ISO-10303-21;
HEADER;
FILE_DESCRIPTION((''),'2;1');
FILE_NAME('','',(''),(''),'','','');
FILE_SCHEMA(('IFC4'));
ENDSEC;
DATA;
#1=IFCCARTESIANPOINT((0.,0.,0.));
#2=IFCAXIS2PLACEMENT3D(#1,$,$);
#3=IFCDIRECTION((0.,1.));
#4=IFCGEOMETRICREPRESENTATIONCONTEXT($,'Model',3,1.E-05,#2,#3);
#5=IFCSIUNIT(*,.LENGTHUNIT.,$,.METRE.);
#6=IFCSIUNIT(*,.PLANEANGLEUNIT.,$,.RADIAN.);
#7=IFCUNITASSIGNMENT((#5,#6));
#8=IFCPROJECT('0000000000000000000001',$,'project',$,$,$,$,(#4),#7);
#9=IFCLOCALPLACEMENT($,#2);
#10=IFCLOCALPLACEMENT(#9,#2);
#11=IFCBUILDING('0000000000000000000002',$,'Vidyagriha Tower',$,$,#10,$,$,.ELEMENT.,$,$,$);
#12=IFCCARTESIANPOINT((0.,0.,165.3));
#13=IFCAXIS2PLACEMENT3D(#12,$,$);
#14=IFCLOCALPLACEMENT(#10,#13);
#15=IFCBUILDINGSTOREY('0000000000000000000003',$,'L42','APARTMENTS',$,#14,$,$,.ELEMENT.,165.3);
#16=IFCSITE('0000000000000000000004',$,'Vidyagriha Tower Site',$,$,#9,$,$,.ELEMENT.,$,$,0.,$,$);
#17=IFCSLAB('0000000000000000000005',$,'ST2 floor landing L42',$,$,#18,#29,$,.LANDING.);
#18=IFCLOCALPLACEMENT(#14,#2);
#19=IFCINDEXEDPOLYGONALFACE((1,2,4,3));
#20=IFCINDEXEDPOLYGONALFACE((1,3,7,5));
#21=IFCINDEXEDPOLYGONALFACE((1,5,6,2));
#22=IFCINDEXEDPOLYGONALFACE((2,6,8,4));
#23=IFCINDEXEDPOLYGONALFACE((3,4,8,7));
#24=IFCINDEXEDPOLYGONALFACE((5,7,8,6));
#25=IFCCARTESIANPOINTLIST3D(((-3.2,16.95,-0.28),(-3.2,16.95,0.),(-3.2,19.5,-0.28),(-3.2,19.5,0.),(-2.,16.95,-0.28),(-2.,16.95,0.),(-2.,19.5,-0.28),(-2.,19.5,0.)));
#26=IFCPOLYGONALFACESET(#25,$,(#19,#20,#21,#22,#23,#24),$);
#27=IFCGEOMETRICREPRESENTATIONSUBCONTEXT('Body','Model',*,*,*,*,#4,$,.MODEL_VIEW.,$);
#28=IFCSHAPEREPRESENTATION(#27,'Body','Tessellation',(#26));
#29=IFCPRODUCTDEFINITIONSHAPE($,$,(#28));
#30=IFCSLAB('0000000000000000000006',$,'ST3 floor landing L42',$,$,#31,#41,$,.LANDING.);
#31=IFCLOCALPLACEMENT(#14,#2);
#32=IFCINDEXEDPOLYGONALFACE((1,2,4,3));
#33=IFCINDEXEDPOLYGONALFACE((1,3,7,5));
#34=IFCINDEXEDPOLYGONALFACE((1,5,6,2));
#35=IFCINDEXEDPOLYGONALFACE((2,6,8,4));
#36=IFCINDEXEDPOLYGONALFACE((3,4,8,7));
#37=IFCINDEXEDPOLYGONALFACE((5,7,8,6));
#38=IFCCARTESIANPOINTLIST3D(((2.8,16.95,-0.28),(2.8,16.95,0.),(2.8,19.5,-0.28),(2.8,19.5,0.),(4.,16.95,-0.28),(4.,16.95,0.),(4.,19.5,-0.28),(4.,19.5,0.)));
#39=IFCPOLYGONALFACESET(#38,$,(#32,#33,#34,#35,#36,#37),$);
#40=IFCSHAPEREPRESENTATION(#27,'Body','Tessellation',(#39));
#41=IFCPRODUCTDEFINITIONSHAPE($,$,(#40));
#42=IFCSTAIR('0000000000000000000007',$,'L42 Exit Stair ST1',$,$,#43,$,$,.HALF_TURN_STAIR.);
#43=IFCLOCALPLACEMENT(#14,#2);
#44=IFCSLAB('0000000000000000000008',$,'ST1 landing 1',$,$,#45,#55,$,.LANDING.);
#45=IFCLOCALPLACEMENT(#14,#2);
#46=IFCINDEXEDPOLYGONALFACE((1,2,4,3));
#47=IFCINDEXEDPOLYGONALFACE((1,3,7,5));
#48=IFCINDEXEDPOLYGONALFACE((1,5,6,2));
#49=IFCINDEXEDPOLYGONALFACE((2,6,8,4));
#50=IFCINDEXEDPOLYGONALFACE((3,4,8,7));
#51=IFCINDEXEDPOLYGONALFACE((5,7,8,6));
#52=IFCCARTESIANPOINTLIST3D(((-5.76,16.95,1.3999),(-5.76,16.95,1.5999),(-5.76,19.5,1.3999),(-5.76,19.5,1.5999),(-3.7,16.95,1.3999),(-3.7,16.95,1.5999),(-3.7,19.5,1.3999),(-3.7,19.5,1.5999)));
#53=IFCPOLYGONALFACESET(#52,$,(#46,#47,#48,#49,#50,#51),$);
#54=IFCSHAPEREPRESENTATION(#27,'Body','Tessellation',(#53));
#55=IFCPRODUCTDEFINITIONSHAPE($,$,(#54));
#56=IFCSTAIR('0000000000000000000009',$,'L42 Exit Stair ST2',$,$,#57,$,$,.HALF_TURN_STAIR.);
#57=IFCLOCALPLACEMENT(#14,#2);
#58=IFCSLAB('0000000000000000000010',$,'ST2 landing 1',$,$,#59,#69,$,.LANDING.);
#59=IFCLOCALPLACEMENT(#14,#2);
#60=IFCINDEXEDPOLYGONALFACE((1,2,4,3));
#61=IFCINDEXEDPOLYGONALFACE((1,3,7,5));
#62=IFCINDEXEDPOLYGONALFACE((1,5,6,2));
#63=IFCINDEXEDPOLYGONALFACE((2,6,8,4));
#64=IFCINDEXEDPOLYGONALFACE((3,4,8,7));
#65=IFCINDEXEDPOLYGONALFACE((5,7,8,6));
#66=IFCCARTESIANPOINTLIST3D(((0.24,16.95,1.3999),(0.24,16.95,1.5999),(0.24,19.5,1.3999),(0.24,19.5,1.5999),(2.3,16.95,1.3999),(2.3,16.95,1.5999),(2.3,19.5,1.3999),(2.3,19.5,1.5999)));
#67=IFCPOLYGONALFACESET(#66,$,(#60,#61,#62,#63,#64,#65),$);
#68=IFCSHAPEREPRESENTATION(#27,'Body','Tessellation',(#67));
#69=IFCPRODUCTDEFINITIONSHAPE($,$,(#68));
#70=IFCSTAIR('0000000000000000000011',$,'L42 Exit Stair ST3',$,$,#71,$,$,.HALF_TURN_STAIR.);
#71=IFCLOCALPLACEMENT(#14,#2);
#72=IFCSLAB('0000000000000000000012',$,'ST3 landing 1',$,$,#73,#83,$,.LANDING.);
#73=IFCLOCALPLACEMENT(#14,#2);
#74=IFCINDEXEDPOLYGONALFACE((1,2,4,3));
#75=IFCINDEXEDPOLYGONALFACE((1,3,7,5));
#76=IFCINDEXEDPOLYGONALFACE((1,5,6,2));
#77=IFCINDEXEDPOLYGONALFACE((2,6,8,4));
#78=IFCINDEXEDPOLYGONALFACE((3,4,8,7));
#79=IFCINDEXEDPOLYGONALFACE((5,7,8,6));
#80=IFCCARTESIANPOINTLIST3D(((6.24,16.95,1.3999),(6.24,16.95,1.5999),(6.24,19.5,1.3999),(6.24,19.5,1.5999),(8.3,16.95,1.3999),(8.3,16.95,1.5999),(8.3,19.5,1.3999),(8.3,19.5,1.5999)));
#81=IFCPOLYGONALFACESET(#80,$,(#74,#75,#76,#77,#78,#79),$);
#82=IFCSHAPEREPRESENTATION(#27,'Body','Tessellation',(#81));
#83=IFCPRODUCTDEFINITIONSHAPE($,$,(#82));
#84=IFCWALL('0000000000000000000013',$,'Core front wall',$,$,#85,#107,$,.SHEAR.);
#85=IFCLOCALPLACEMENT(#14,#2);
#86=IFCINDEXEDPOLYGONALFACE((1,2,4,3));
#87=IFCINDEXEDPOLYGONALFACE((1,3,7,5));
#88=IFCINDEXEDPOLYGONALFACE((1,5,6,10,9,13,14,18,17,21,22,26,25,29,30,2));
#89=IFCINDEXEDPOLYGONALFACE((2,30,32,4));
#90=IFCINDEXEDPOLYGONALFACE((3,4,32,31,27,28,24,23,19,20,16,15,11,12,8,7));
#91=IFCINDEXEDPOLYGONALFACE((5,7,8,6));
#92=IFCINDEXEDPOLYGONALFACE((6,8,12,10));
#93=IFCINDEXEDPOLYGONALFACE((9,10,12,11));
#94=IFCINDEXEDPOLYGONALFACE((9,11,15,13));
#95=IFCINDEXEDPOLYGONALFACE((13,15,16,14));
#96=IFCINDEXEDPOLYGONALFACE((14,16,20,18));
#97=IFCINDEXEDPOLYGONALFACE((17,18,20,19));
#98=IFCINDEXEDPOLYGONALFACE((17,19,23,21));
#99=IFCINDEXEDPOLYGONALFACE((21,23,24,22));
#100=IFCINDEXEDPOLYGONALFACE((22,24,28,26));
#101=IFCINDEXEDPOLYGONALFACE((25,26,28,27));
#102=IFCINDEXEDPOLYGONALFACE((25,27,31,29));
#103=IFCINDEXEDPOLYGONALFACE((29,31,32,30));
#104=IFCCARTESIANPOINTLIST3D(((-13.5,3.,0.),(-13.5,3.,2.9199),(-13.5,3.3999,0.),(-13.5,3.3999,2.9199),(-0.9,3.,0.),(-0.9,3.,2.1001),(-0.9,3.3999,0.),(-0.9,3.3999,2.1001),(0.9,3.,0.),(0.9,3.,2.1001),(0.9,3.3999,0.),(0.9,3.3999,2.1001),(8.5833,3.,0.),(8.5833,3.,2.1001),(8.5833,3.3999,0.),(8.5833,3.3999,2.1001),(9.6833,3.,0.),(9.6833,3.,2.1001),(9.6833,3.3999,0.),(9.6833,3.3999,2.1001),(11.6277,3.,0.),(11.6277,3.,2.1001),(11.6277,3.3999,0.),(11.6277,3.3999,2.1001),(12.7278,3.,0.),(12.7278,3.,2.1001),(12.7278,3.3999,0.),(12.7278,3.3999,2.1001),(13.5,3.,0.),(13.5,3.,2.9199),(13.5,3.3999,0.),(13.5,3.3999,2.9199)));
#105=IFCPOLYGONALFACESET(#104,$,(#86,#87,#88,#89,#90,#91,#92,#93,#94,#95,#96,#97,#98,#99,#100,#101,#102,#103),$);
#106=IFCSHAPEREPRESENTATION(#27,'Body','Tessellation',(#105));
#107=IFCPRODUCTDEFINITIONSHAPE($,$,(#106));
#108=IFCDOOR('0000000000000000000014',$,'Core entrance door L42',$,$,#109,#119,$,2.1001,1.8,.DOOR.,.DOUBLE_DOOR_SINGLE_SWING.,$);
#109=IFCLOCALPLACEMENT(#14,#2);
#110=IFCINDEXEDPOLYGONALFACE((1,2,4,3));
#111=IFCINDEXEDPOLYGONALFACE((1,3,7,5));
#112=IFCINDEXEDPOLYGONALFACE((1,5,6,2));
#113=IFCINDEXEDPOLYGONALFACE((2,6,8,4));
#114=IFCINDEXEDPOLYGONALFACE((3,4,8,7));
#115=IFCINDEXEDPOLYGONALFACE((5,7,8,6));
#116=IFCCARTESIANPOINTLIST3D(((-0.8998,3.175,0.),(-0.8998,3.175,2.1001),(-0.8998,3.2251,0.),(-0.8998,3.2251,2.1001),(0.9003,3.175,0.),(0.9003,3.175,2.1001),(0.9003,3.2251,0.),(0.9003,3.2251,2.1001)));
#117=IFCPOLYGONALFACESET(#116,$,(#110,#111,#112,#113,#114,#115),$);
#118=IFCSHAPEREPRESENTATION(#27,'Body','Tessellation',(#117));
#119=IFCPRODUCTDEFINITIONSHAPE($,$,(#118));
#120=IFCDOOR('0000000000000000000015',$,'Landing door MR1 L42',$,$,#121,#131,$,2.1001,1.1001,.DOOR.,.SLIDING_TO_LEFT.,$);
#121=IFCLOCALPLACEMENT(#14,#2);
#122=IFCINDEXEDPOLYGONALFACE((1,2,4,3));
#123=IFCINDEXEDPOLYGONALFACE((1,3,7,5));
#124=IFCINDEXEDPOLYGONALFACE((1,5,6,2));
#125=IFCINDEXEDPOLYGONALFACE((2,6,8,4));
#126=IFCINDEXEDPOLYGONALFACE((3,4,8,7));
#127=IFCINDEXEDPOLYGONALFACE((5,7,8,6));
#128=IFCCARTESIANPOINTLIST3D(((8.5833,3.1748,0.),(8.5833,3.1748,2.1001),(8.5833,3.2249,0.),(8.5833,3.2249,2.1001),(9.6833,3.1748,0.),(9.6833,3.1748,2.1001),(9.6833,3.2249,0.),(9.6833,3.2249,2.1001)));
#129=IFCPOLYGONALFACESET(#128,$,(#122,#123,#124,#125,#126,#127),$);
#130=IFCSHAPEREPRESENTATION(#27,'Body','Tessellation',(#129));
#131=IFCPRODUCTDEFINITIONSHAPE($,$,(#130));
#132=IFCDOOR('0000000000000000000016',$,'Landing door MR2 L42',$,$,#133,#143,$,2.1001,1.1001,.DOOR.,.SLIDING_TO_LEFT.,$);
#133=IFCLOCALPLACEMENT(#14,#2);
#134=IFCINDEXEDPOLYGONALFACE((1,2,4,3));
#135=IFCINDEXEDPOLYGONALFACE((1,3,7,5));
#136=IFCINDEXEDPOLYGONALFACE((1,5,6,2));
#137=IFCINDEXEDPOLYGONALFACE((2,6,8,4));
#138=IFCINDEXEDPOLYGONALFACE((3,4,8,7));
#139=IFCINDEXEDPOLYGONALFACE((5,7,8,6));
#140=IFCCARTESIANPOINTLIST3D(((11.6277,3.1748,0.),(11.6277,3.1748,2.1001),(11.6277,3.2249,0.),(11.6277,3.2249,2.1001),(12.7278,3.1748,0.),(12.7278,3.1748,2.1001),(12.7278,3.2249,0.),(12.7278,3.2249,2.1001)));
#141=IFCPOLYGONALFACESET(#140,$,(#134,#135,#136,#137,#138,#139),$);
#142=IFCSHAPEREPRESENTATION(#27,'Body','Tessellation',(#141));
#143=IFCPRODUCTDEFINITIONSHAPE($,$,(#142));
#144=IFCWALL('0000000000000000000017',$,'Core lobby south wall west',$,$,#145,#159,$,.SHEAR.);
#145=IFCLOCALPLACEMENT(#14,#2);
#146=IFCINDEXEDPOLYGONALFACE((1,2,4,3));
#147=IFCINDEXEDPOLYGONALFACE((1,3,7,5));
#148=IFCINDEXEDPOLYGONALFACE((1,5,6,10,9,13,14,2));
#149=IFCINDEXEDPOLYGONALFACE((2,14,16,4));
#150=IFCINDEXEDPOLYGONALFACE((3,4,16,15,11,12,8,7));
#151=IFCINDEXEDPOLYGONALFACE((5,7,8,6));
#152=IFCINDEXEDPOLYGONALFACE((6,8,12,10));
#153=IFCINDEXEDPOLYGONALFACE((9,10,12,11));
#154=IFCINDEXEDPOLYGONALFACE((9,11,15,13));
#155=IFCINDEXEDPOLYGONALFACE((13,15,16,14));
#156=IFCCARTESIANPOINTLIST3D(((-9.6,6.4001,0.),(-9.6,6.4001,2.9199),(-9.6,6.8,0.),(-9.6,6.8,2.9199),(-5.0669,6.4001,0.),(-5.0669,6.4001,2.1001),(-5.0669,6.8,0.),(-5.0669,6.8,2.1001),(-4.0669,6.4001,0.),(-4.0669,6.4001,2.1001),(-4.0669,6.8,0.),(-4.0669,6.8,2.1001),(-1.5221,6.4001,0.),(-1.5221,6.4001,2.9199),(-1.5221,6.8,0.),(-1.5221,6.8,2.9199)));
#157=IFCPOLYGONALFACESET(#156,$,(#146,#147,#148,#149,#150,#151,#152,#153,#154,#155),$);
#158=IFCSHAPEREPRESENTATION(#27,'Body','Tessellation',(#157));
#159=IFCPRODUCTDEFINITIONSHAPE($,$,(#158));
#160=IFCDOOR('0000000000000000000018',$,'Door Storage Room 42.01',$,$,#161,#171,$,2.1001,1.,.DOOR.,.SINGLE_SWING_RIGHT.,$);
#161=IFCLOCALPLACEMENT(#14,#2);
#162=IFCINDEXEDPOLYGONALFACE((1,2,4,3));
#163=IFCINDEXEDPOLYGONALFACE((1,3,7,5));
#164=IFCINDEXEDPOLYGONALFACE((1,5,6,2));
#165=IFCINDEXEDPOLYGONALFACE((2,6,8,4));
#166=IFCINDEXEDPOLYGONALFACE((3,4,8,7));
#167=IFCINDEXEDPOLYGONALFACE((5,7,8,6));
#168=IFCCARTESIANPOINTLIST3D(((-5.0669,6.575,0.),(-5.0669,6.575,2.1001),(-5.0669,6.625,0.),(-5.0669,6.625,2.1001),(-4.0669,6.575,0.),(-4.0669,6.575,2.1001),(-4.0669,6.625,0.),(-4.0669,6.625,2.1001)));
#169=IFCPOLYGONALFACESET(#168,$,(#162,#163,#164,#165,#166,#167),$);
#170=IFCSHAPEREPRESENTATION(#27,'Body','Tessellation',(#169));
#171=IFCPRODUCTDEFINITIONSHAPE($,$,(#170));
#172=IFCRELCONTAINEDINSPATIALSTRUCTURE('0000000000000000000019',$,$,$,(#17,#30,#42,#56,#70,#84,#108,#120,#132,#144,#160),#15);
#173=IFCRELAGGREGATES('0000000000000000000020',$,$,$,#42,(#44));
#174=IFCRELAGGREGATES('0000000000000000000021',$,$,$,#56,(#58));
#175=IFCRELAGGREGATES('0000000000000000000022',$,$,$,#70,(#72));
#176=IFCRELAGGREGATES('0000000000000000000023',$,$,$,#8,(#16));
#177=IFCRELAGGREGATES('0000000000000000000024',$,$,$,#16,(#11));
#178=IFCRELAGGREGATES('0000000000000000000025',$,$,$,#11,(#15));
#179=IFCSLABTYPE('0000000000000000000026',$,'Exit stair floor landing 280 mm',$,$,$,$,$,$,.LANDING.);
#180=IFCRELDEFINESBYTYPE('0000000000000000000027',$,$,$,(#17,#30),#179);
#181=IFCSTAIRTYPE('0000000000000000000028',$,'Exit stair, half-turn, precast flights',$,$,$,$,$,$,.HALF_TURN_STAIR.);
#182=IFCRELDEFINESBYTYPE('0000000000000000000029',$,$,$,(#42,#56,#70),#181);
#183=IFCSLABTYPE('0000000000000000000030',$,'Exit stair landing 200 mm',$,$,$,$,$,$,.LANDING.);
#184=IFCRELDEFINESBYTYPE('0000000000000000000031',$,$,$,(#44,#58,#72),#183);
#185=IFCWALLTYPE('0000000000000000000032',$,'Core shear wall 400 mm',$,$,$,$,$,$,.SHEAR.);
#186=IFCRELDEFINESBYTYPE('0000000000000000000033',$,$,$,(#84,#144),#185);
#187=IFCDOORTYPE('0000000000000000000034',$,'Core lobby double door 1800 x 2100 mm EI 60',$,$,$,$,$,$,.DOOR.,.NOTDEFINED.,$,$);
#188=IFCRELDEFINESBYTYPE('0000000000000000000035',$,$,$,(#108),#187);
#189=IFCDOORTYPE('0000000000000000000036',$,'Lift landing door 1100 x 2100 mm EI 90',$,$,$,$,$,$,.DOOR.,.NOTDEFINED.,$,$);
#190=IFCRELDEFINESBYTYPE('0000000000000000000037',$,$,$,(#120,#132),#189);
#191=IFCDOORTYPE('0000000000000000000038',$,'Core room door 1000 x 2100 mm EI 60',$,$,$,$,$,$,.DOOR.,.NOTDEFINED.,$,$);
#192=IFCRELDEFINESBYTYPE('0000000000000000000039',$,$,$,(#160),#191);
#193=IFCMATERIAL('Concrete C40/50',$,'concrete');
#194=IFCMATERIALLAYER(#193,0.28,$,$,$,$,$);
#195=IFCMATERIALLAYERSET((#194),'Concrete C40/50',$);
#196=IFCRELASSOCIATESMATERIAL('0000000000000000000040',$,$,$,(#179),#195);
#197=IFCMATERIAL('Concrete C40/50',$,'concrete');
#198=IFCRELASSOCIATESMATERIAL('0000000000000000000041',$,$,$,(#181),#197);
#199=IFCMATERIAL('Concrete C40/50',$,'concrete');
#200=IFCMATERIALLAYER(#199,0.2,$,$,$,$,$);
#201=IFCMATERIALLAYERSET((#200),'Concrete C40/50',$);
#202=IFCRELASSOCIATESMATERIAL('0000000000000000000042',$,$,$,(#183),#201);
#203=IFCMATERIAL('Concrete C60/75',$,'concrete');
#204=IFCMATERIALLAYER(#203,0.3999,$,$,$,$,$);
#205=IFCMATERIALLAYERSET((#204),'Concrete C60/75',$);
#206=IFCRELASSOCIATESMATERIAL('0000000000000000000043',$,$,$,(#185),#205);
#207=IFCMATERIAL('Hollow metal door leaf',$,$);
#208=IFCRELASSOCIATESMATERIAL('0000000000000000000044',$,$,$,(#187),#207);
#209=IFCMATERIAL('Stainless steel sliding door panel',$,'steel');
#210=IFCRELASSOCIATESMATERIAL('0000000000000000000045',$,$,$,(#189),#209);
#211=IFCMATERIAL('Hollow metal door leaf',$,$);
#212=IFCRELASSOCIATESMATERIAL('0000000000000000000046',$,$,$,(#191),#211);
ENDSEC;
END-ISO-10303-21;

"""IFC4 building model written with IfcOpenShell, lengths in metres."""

from ifc_helpers import new_model, si_unit, direction, frame, frame_2d, origin, place, context, subcontext, project, spatial, polyline, rectangle, outline, extrude, material, layer, layer_set, type_object, element, fill, aggregate, save


model = new_model("IFC4")

# Units and contexts
model_context = context("Model", 3, precision=1e-05, world=origin(), true_north=direction((0.0, 1.0)))
body_context = subcontext(model_context, "Body", "Model", "MODEL_VIEW")
ifc_project = project(units=[si_unit("LENGTHUNIT", "METRE"), si_unit("PLANEANGLEUNIT", "RADIAN")], contexts=[model_context])

# Site, building, storey
site_placement = place(None, origin())
site = spatial("IfcSite", under=ifc_project, at=site_placement, Name="Vidyagriha Tower Site", CompositionType="ELEMENT", RefElevation=0.0)
building_placement = place(site_placement, origin())
building = spatial("IfcBuilding", under=site, at=building_placement, Name="Vidyagriha Tower", CompositionType="ELEMENT")
storey_placement = place(building_placement, frame((0.0, 0.0, 165.3)))
storey = spatial("IfcBuildingStorey", under=building, at=storey_placement, Name="L42", Description="APARTMENTS", CompositionType="ELEMENT", Elevation=165.3)

# Slabs
ifc_material_1 = material(Name="Concrete C40/50", Category="concrete")
ifc_layer_1 = layer(ifc_material_1, 0.28)
ifc_layer_set_1 = layer_set([ifc_layer_1], Name="Concrete C40/50")
slab_type_1 = type_object("IfcSlabType", Name="Exit stair floor landing 280 mm", PredefinedType="LANDING", material=ifc_layer_set_1)
slab_1_placement = place(storey_placement, frame((0.0, 0.0, -0.28)))
element("IfcSlab", 1, at=slab_1_placement, inside=storey, type_object=slab_type_1, Name="ST2 floor landing L42", PredefinedType="LANDING", context=body_context, shape_type="SweptSolid", body=[
    extrude(outline(polyline([(-3.2, 16.95), (-2.0, 16.95), (-2.0, 19.5), (-3.2, 19.5), (-3.2, 16.95)])), origin(), (0.0, 0.0, 1.0), 0.28),
])
slab_2_placement = place(storey_placement, frame((0.0, 0.0, -0.28)))
element("IfcSlab", 2, at=slab_2_placement, inside=storey, type_object=slab_type_1, Name="ST3 floor landing L42", PredefinedType="LANDING", context=body_context, shape_type="SweptSolid", body=[
    extrude(outline(polyline([(2.8, 16.95), (4.0, 16.95), (4.0, 19.5), (2.8, 19.5), (2.8, 16.95)])), origin(), (0.0, 0.0, 1.0), 0.28),
])

# Stairs, slabs
ifc_material_2 = material(Name="Concrete C40/50", Category="concrete")
stair_type = type_object("IfcStairType", Name="Exit stair, half-turn, precast flights", PredefinedType="HALF_TURN_STAIR", material=ifc_material_2)
stair_1_placement = place(storey_placement, origin())
stair_1 = element("IfcStair", 3, at=stair_1_placement, inside=storey, type_object=stair_type, Name="L42 Exit Stair ST1", PredefinedType="HALF_TURN_STAIR")
ifc_material_3 = material(Name="Concrete C40/50", Category="concrete")
ifc_layer_2 = layer(ifc_material_3, 0.2)
ifc_layer_set_2 = layer_set([ifc_layer_2], Name="Concrete C40/50")
slab_type_2 = type_object("IfcSlabType", Name="Exit stair landing 200 mm", PredefinedType="LANDING", material=ifc_layer_set_2)
slab_3_placement = place(storey_placement, frame((0.0, 0.0, 1.3999)))
slab_3 = element("IfcSlab", 4, at=slab_3_placement, type_object=slab_type_2, Name="ST1 landing 1", PredefinedType="LANDING", context=body_context, shape_type="SweptSolid", body=[
    extrude(outline(polyline([(-5.76, 16.95), (-3.7, 16.95), (-3.7, 19.5), (-5.76, 19.5), (-5.76, 16.95)])), origin(), (0.0, 0.0, 1.0), 0.2),
])
aggregate(stair_1, [slab_3])
stair_2_placement = place(storey_placement, origin())
stair_2 = element("IfcStair", 5, at=stair_2_placement, inside=storey, type_object=stair_type, Name="L42 Exit Stair ST2", PredefinedType="HALF_TURN_STAIR")
slab_4_placement = place(storey_placement, frame((0.0, 0.0, 1.3999)))
slab_4 = element("IfcSlab", 6, at=slab_4_placement, type_object=slab_type_2, Name="ST2 landing 1", PredefinedType="LANDING", context=body_context, shape_type="SweptSolid", body=[
    extrude(outline(polyline([(0.24, 16.95), (2.3, 16.95), (2.3, 19.5), (0.24, 19.5), (0.24, 16.95)])), origin(), (0.0, 0.0, 1.0), 0.2),
])
aggregate(stair_2, [slab_4])
stair_3_placement = place(storey_placement, origin())
stair_3 = element("IfcStair", 7, at=stair_3_placement, inside=storey, type_object=stair_type, Name="L42 Exit Stair ST3", PredefinedType="HALF_TURN_STAIR")
slab_5_placement = place(storey_placement, frame((0.0, 0.0, 1.3999)))
slab_5 = element("IfcSlab", 8, at=slab_5_placement, type_object=slab_type_2, Name="ST3 landing 1", PredefinedType="LANDING", context=body_context, shape_type="SweptSolid", body=[
    extrude(outline(polyline([(6.24, 16.95), (8.3, 16.95), (8.3, 19.5), (6.24, 19.5), (6.24, 16.95)])), origin(), (0.0, 0.0, 1.0), 0.2),
])
aggregate(stair_3, [slab_5])

# Wall, openings, doors
ifc_material_4 = material(Name="Concrete C60/75", Category="concrete")
ifc_layer_3 = layer(ifc_material_4, 0.3999)
ifc_layer_set_3 = layer_set([ifc_layer_3], Name="Concrete C60/75")
wall_type = type_object("IfcWallType", Name="Core shear wall 400 mm", PredefinedType="SHEAR", material=ifc_layer_set_3)
wall_1_placement = place(storey_placement, frame((-13.5, 3.2, 0.0)))
wall_1 = element("IfcWall", 9, at=wall_1_placement, inside=storey, type_object=wall_type, Name="Core front wall", PredefinedType="SHEAR", context=body_context, shape_type="SweptSolid", body=[
    extrude(rectangle(XDim=27.0, YDim=0.3999, at=frame_2d((13.5, 0.0))), origin(), (0.0, 0.0, 1.0), 2.9199),
])
opening_1_placement = place(wall_1_placement, frame((22.0833, 0.0, 0.0)))
opening_1 = element("IfcOpeningElement", 10, at=opening_1_placement, cuts=wall_1, PredefinedType="OPENING", context=body_context, shape_type="SweptSolid", body=[
    extrude(rectangle(XDim=1.1001, YDim=2.1001, at=frame_2d((0.55, 1.05))), frame((0.0, 0.21, 0.0), z_axis=(0.0, -1.0, 0.0), x_axis=(1.0, 0.0, 0.0)), (0.0, 0.0, 1.0), 0.4199),
])
opening_2_placement = place(wall_1_placement, frame((25.1277, 0.0, 0.0)))
opening_2 = element("IfcOpeningElement", 11, at=opening_2_placement, cuts=wall_1, PredefinedType="OPENING", context=body_context, shape_type="SweptSolid", body=[
    extrude(rectangle(XDim=1.1001, YDim=2.1001, at=frame_2d((0.55, 1.05))), frame((0.0, 0.21, 0.0), z_axis=(0.0, -1.0, 0.0), x_axis=(1.0, 0.0, 0.0)), (0.0, 0.0, 1.0), 0.4199),
])
opening_3_placement = place(wall_1_placement, frame((12.6001, 0.0, 0.0)))
opening_3 = element("IfcOpeningElement", 12, at=opening_3_placement, cuts=wall_1, PredefinedType="OPENING", context=body_context, shape_type="SweptSolid", body=[
    extrude(rectangle(XDim=1.8, YDim=2.1001, at=frame_2d((0.8999, 1.05))), frame((0.0, 0.21, 0.0), z_axis=(0.0, -1.0, 0.0), x_axis=(1.0, 0.0, 0.0)), (0.0, 0.0, 1.0), 0.4199),
])
ifc_material_5 = material(Name="Hollow metal door leaf")
door_type_1 = type_object("IfcDoorType", Name="Core lobby double door 1800 x 2100 mm EI 60", OperationType="NOTDEFINED", PredefinedType="DOOR", material=ifc_material_5)
door_1_placement = place(opening_3_placement, frame((1.8, 0.0, 0.0), z_axis=(0.0, 0.0, 1.0), x_axis=(-1.0, 0.0, 0.0)))
door_1 = element("IfcDoor", 13, at=door_1_placement, inside=storey, type_object=door_type_1, Name="Core entrance door L42", OperationType="DOUBLE_DOOR_SINGLE_SWING", OverallHeight=2.1001, OverallWidth=1.8, PredefinedType="DOOR", context=body_context, shape_type="SweptSolid", body=[
    extrude(rectangle(XDim=1.8, YDim=2.1001, at=frame_2d((0.8999, 1.05))), frame((0.0, 0.0249, 0.0), z_axis=(0.0, -1.0, 0.0), x_axis=(1.0, 0.0, 0.0)), (0.0, 0.0, 1.0), 0.05),
])
fill(opening_3, door_1)
ifc_material_6 = material(Name="Stainless steel sliding door panel", Category="steel")
door_type_2 = type_object("IfcDoorType", Name="Lift landing door 1100 x 2100 mm EI 90", OperationType="NOTDEFINED", PredefinedType="DOOR", material=ifc_material_6)
door_2_placement = place(opening_1_placement, origin())
door_2 = element("IfcDoor", 14, at=door_2_placement, inside=storey, type_object=door_type_2, Name="Landing door MR1 L42", OperationType="SLIDING_TO_LEFT", OverallHeight=2.1001, OverallWidth=1.1001, PredefinedType="DOOR", context=body_context, shape_type="SweptSolid", body=[
    extrude(rectangle(XDim=1.1001, YDim=2.1001, at=frame_2d((0.55, 1.05))), frame((0.0, 0.0249, 0.0), z_axis=(0.0, -1.0, 0.0), x_axis=(1.0, 0.0, 0.0)), (0.0, 0.0, 1.0), 0.05),
])
fill(opening_1, door_2)
door_3_placement = place(opening_2_placement, origin())
door_3 = element("IfcDoor", 15, at=door_3_placement, inside=storey, type_object=door_type_2, Name="Landing door MR2 L42", OperationType="SLIDING_TO_LEFT", OverallHeight=2.1001, OverallWidth=1.1001, PredefinedType="DOOR", context=body_context, shape_type="SweptSolid", body=[
    extrude(rectangle(XDim=1.1001, YDim=2.1001, at=frame_2d((0.55, 1.05))), frame((0.0, 0.0249, 0.0), z_axis=(0.0, -1.0, 0.0), x_axis=(1.0, 0.0, 0.0)), (0.0, 0.0, 1.0), 0.05),
])
fill(opening_2, door_3)

# Wall, opening, door
wall_2_placement = place(storey_placement, frame((-9.6001, 6.6001, 0.0)))
wall_2 = element("IfcWall", 16, at=wall_2_placement, inside=storey, type_object=wall_type, Name="Core lobby south wall west", PredefinedType="SHEAR", context=body_context, shape_type="SweptSolid", body=[
    extrude(rectangle(XDim=8.0779, YDim=0.3999, at=frame_2d((4.0391, 0.0))), origin(), (0.0, 0.0, 1.0), 2.9199),
])
opening_4_placement = place(wall_2_placement, frame((4.5332, 0.0, 0.0)))
opening_4 = element("IfcOpeningElement", 17, at=opening_4_placement, cuts=wall_2, PredefinedType="OPENING", context=body_context, shape_type="SweptSolid", body=[
    extrude(rectangle(XDim=1.0, YDim=2.1001, at=frame_2d((0.5, 1.05))), frame((0.0, 0.21, 0.0), z_axis=(0.0, -1.0, 0.0), x_axis=(1.0, 0.0, 0.0)), (0.0, 0.0, 1.0), 0.4199),
])
ifc_material_7 = material(Name="Hollow metal door leaf")
door_type_3 = type_object("IfcDoorType", Name="Core room door 1000 x 2100 mm EI 60", OperationType="NOTDEFINED", PredefinedType="DOOR", material=ifc_material_7)
door_4_placement = place(opening_4_placement, origin())
door_4 = element("IfcDoor", 18, at=door_4_placement, inside=storey, type_object=door_type_3, Name="Door Storage Room 42.01", OperationType="SINGLE_SWING_RIGHT", OverallHeight=2.1001, OverallWidth=1.0, PredefinedType="DOOR", context=body_context, shape_type="SweptSolid", body=[
    extrude(rectangle(XDim=1.0, YDim=2.1001, at=frame_2d((0.5, 1.05))), frame((0.0, 0.0249, 0.0), z_axis=(0.0, -1.0, 0.0), x_axis=(1.0, 0.0, 0.0)), (0.0, 0.0, 1.0), 0.05),
])
fill(opening_4, door_4)

save(model, "model.ifc")
